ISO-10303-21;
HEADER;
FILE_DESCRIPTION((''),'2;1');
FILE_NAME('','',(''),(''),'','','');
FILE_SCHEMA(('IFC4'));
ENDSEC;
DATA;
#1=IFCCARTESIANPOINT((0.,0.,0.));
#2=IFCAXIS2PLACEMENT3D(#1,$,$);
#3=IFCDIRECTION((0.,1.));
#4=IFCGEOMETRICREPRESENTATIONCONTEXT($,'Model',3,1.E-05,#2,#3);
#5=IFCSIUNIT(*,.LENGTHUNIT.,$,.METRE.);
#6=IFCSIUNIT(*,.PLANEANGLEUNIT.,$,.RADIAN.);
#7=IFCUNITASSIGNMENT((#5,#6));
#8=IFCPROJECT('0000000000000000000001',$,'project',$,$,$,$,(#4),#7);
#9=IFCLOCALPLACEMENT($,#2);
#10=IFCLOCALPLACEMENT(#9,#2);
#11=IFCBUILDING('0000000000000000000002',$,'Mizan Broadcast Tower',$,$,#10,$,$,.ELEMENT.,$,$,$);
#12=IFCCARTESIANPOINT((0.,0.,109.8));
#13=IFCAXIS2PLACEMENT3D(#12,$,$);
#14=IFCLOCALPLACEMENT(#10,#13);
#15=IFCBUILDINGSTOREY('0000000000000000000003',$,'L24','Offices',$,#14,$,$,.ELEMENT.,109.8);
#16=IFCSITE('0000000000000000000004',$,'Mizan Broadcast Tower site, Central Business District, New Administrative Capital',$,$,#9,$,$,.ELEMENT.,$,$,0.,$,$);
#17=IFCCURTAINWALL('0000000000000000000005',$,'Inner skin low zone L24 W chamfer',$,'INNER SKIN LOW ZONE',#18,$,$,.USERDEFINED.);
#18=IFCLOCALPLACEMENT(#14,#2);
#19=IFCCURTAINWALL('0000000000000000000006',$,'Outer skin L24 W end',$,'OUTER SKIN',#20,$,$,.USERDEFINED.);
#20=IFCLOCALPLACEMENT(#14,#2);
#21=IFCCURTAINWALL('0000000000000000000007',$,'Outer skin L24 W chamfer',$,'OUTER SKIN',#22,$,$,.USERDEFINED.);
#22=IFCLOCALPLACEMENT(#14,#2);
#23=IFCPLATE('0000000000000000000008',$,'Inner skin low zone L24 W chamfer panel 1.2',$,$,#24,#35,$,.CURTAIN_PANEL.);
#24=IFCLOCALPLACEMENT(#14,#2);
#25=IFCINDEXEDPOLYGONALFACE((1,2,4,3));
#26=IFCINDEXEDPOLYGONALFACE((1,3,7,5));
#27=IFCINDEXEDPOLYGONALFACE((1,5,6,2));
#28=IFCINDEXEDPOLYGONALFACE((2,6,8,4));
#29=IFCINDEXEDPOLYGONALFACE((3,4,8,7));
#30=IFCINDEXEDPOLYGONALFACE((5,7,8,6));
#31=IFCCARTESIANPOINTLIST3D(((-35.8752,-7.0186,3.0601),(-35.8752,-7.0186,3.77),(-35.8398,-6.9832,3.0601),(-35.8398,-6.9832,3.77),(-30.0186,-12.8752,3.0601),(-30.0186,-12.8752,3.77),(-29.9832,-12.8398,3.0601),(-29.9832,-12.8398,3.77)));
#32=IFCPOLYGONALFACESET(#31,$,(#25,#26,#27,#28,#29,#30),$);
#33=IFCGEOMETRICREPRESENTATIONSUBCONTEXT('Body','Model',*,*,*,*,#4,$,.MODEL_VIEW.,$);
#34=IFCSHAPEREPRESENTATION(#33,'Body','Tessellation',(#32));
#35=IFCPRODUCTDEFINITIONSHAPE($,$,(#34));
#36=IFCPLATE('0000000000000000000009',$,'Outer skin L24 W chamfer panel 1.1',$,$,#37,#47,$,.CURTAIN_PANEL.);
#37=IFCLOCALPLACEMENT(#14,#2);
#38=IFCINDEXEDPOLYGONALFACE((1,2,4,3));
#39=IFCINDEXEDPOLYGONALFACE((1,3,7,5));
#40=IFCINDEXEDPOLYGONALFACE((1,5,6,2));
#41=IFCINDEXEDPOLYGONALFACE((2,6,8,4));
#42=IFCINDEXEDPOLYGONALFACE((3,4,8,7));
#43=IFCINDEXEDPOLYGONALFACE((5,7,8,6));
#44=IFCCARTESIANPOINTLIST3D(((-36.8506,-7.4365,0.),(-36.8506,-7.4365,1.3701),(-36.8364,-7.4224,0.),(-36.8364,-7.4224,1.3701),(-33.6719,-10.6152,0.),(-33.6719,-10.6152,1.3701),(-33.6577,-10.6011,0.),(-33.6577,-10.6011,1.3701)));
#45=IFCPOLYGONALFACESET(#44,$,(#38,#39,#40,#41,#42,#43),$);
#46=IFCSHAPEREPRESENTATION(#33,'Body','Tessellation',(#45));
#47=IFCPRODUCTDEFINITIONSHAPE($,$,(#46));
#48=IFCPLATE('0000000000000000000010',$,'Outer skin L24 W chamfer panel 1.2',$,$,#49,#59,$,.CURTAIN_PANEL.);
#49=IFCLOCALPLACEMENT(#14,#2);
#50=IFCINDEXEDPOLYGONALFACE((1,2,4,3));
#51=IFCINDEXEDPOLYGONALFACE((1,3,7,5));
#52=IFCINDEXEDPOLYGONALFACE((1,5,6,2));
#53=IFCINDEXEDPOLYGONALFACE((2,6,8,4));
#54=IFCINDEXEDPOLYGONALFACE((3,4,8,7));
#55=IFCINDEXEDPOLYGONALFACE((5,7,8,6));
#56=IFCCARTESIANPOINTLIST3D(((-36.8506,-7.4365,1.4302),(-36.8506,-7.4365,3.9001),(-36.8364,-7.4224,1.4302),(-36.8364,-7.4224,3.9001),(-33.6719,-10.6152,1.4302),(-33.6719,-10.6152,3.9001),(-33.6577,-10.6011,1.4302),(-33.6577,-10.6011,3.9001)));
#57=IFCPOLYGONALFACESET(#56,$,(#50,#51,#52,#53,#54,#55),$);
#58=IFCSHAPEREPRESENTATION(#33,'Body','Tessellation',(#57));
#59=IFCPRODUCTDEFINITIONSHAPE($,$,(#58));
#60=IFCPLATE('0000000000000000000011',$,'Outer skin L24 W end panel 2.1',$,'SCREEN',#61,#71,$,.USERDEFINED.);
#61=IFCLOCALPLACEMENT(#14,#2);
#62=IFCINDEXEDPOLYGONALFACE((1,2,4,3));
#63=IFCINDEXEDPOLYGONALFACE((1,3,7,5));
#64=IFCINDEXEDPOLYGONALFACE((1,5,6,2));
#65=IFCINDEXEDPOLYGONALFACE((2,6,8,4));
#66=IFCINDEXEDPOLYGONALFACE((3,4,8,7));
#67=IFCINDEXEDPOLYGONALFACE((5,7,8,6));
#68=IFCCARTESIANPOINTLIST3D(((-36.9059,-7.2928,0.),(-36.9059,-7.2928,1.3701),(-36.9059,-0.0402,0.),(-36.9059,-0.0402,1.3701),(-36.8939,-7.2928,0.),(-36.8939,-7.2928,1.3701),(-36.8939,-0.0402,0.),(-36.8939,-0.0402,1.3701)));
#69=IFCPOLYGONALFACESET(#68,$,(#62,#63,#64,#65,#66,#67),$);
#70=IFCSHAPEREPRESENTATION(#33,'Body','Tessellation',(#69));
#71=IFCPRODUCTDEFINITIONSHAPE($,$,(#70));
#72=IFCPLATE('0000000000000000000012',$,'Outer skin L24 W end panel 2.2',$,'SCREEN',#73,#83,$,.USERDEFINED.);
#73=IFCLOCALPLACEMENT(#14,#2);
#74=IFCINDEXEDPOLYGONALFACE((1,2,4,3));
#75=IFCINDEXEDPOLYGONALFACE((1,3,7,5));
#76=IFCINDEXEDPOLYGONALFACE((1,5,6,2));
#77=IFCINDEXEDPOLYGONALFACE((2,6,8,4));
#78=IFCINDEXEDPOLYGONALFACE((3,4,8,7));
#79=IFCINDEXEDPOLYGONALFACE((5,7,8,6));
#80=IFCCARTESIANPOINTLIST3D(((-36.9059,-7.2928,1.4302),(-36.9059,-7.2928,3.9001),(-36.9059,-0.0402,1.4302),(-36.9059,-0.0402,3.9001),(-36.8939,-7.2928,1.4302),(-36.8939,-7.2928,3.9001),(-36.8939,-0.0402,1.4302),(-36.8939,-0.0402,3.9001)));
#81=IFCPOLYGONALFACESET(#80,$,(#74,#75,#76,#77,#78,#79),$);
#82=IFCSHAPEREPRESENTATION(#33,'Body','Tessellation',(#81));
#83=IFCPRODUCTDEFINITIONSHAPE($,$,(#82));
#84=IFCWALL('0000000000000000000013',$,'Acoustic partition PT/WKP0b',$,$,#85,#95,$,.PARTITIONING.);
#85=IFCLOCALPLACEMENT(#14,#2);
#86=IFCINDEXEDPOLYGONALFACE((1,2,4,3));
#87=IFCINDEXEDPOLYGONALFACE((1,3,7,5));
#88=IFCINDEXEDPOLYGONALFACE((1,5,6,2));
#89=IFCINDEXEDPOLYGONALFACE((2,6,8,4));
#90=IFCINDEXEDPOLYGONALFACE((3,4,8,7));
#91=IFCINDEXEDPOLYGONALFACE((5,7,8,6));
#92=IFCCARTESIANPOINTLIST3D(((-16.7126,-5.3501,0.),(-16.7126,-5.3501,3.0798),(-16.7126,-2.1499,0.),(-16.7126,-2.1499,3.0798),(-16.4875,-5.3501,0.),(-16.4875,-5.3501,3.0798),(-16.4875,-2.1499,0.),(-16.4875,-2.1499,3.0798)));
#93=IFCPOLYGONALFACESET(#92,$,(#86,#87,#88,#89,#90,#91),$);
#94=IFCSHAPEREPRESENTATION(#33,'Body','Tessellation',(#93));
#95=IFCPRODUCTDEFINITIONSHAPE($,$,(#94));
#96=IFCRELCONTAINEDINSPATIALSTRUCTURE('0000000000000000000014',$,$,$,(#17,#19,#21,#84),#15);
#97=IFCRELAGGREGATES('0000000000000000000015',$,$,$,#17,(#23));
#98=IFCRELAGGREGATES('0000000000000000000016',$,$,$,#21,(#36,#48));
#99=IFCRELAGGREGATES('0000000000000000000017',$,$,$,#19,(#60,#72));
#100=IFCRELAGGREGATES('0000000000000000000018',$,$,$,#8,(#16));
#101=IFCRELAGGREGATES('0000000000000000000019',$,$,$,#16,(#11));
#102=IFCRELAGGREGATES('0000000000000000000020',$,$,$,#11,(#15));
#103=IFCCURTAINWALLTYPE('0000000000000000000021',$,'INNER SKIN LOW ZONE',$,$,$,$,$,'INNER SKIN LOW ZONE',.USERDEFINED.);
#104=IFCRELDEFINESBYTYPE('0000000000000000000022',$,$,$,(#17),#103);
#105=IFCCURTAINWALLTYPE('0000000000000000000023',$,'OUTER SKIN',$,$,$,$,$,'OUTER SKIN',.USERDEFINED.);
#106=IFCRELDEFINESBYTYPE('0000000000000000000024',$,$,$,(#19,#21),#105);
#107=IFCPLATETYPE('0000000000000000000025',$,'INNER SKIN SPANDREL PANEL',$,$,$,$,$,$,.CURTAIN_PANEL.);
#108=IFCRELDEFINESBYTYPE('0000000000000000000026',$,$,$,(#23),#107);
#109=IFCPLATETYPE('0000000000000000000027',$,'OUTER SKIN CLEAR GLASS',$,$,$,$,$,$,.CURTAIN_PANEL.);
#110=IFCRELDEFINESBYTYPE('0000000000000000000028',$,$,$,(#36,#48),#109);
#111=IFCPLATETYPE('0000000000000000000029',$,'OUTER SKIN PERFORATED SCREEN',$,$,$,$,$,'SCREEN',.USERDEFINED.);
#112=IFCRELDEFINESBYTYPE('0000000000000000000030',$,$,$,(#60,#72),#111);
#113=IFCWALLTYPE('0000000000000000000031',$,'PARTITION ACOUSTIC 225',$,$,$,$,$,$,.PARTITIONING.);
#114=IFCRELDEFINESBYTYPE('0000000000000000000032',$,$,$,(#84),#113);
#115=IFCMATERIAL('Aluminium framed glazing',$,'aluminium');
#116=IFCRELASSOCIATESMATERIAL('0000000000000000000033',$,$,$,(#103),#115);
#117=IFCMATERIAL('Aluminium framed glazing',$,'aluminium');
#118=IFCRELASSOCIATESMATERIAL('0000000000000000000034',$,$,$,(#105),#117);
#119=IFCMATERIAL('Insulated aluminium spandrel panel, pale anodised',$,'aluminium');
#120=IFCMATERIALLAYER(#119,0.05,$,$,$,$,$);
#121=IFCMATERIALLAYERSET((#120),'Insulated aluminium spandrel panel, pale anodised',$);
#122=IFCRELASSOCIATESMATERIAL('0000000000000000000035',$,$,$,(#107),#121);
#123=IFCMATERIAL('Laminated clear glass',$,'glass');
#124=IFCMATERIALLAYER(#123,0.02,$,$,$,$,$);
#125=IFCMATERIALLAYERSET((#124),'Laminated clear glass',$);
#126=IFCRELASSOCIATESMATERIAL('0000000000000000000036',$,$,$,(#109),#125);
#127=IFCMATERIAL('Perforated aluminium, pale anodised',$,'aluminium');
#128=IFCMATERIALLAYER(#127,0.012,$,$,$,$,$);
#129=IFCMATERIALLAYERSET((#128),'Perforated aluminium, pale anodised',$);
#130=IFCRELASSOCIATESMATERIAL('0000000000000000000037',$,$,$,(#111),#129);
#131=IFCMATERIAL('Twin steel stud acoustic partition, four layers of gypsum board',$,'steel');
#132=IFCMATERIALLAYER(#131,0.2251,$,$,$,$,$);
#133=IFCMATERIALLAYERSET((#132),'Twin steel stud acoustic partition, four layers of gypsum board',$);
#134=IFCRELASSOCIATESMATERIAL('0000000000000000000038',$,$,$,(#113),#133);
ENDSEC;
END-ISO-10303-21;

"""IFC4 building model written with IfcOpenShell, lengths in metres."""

from ifc_helpers import new_model, si_unit, direction, frame, frame_2d, origin, origin_2d, place, context, subcontext, project, spatial, rectangle, extrude, material, layer, layer_set, type_object, element, aggregate, save


model = new_model("IFC4")

# Units and contexts
model_context = context("Model", 3, precision=1e-05, world=origin(), true_north=direction((0.0, 1.0)))
body_context = subcontext(model_context, "Body", "Model", "MODEL_VIEW")
ifc_project = project(units=[si_unit("LENGTHUNIT", "METRE"), si_unit("PLANEANGLEUNIT", "RADIAN")], contexts=[model_context])

# Site, building, storey
site_placement = place(None, origin())
site = spatial("IfcSite", under=ifc_project, at=site_placement, Name="Mizan Broadcast Tower site, Central Business District, New Administrative Capital", CompositionType="ELEMENT", RefElevation=0.0)
building_placement = place(site_placement, origin())
building = spatial("IfcBuilding", under=site, at=building_placement, Name="Mizan Broadcast Tower", CompositionType="ELEMENT")
storey_placement = place(building_placement, frame((0.0, 0.0, 109.8)))
storey = spatial("IfcBuildingStorey", under=building, at=storey_placement, Name="L24", Description="Offices", CompositionType="ELEMENT", Elevation=109.8)

# Shared definitions
ifc_material_1 = material(Name="Aluminium framed glazing", Category="aluminium")
curtain_wall_type_1 = type_object("IfcCurtainWallType", Name="INNER SKIN LOW ZONE", ElementType="INNER SKIN LOW ZONE", PredefinedType="USERDEFINED", material=ifc_material_1)

# Curtain wall
curtain_wall_1_placement = place(storey_placement, origin())
curtain_wall_1 = element("IfcCurtainWall", 1, at=curtain_wall_1_placement, inside=storey, type_object=curtain_wall_type_1, Name="Inner skin low zone L24 W chamfer", ObjectType="INNER SKIN LOW ZONE", PredefinedType="USERDEFINED")

# Curtain wall
ifc_material_2 = material(Name="Aluminium framed glazing", Category="aluminium")
curtain_wall_type_2 = type_object("IfcCurtainWallType", Name="OUTER SKIN", ElementType="OUTER SKIN", PredefinedType="USERDEFINED", material=ifc_material_2)
curtain_wall_2_placement = place(storey_placement, origin())
curtain_wall_2 = element("IfcCurtainWall", 2, at=curtain_wall_2_placement, inside=storey, type_object=curtain_wall_type_2, Name="Outer skin L24 W end", ObjectType="OUTER SKIN", PredefinedType="USERDEFINED")

# Curtain wall
curtain_wall_3_placement = place(storey_placement, origin())
curtain_wall_3 = element("IfcCurtainWall", 3, at=curtain_wall_3_placement, inside=storey, type_object=curtain_wall_type_2, Name="Outer skin L24 W chamfer", ObjectType="OUTER SKIN", PredefinedType="USERDEFINED")

# Plates
ifc_material_3 = material(Name="Insulated aluminium spandrel panel, pale anodised", Category="aluminium")
ifc_layer_1 = layer(ifc_material_3, 0.05)
ifc_layer_set_1 = layer_set([ifc_layer_1], Name="Insulated aluminium spandrel panel, pale anodised")
plate_type_1 = type_object("IfcPlateType", Name="INNER SKIN SPANDREL PANEL", PredefinedType="CURTAIN_PANEL", material=ifc_layer_set_1)
plate_1_placement = place(storey_placement, frame((-32.9292, -9.9292, 3.0601), z_axis=(0.0, 0.0, 1.0), x_axis=(0.707107, -0.707107, 0.0)))
plate_1 = element("IfcPlate", 4, at=plate_1_placement, type_object=plate_type_1, Name="Inner skin low zone L24 W chamfer panel 1.2", PredefinedType="CURTAIN_PANEL", context=body_context, shape_type="SweptSolid", body=[
    extrude(rectangle(XDim=8.2825, YDim=0.05, at=origin_2d()), origin(), (0.0, 0.0, 1.0), 0.71),
])
aggregate(curtain_wall_1, [plate_1])
ifc_material_4 = material(Name="Laminated clear glass", Category="glass")
ifc_layer_2 = layer(ifc_material_4, 0.02)
ifc_layer_set_2 = layer_set([ifc_layer_2], Name="Laminated clear glass")
plate_type_2 = type_object("IfcPlateType", Name="OUTER SKIN CLEAR GLASS", PredefinedType="CURTAIN_PANEL", material=ifc_layer_set_2)
plate_2_placement = place(storey_placement, frame((-35.2542, -9.0188, 0.0), z_axis=(0.0, 0.0, 1.0), x_axis=(0.707107, -0.707107, 0.0)))
plate_2 = element("IfcPlate", 5, at=plate_2_placement, type_object=plate_type_2, Name="Outer skin L24 W chamfer panel 1.1", PredefinedType="CURTAIN_PANEL", context=body_context, shape_type="SweptSolid", body=[
    extrude(rectangle(XDim=4.4954, YDim=0.02, at=origin_2d()), origin(), (0.0, 0.0, 1.0), 1.3701),
])
plate_3_placement = place(storey_placement, frame((-35.2542, -9.0188, 1.4302), z_axis=(0.0, 0.0, 1.0), x_axis=(0.707107, -0.707107, 0.0)))
plate_3 = element("IfcPlate", 6, at=plate_3_placement, type_object=plate_type_2, Name="Outer skin L24 W chamfer panel 1.2", PredefinedType="CURTAIN_PANEL", context=body_context, shape_type="SweptSolid", body=[
    extrude(rectangle(XDim=4.4954, YDim=0.02, at=origin_2d()), origin(), (0.0, 0.0, 1.0), 2.47),
])
aggregate(curtain_wall_3, [plate_2, plate_3])
ifc_material_5 = material(Name="Perforated aluminium, pale anodised", Category="aluminium")
ifc_layer_3 = layer(ifc_material_5, 0.012)
ifc_layer_set_3 = layer_set([ifc_layer_3], Name="Perforated aluminium, pale anodised")
plate_type_3 = type_object("IfcPlateType", Name="OUTER SKIN PERFORATED SCREEN", ElementType="SCREEN", PredefinedType="USERDEFINED", material=ifc_layer_set_3)
plate_4_placement = place(storey_placement, frame((-36.8999, -3.6665, 0.0), z_axis=(0.0, 0.0, 1.0), x_axis=(0.0, -1.0, 0.0)))
plate_4 = element("IfcPlate", 7, at=plate_4_placement, type_object=plate_type_3, Name="Outer skin L24 W end panel 2.1", ObjectType="SCREEN", PredefinedType="USERDEFINED", context=body_context, shape_type="SweptSolid", body=[
    extrude(rectangle(XDim=7.2527, YDim=0.012, at=origin_2d()), origin(), (0.0, 0.0, 1.0), 1.3701),
])
plate_5_placement = place(storey_placement, frame((-36.8999, -3.6665, 1.4302), z_axis=(0.0, 0.0, 1.0), x_axis=(0.0, -1.0, 0.0)))
plate_5 = element("IfcPlate", 8, at=plate_5_placement, type_object=plate_type_3, Name="Outer skin L24 W end panel 2.2", ObjectType="SCREEN", PredefinedType="USERDEFINED", context=body_context, shape_type="SweptSolid", body=[
    extrude(rectangle(XDim=7.2527, YDim=0.012, at=origin_2d()), origin(), (0.0, 0.0, 1.0), 2.47),
])
aggregate(curtain_wall_2, [plate_4, plate_5])

# Wall
ifc_material_6 = material(Name="Twin steel stud acoustic partition, four layers of gypsum board", Category="steel")
ifc_layer_4 = layer(ifc_material_6, 0.2251)
ifc_layer_set_4 = layer_set([ifc_layer_4], Name="Twin steel stud acoustic partition, four layers of gypsum board")
wall_type = type_object("IfcWallType", Name="PARTITION ACOUSTIC 225", PredefinedType="PARTITIONING", material=ifc_layer_set_4)
wall_placement = place(storey_placement, frame((-16.6001, -2.1499, 0.0), z_axis=(0.0, 0.0, 1.0), x_axis=(0.0, -1.0, 0.0)))
element("IfcWall", 9, at=wall_placement, inside=storey, type_object=wall_type, Name="Acoustic partition PT/WKP0b", PredefinedType="PARTITIONING", context=body_context, shape_type="SweptSolid", body=[
    extrude(rectangle(XDim=3.2002, YDim=0.2251, at=frame_2d((1.6001, 0.0))), origin(), (0.0, 0.0, 1.0), 3.0798),
])

save(model, "model.ifc")
